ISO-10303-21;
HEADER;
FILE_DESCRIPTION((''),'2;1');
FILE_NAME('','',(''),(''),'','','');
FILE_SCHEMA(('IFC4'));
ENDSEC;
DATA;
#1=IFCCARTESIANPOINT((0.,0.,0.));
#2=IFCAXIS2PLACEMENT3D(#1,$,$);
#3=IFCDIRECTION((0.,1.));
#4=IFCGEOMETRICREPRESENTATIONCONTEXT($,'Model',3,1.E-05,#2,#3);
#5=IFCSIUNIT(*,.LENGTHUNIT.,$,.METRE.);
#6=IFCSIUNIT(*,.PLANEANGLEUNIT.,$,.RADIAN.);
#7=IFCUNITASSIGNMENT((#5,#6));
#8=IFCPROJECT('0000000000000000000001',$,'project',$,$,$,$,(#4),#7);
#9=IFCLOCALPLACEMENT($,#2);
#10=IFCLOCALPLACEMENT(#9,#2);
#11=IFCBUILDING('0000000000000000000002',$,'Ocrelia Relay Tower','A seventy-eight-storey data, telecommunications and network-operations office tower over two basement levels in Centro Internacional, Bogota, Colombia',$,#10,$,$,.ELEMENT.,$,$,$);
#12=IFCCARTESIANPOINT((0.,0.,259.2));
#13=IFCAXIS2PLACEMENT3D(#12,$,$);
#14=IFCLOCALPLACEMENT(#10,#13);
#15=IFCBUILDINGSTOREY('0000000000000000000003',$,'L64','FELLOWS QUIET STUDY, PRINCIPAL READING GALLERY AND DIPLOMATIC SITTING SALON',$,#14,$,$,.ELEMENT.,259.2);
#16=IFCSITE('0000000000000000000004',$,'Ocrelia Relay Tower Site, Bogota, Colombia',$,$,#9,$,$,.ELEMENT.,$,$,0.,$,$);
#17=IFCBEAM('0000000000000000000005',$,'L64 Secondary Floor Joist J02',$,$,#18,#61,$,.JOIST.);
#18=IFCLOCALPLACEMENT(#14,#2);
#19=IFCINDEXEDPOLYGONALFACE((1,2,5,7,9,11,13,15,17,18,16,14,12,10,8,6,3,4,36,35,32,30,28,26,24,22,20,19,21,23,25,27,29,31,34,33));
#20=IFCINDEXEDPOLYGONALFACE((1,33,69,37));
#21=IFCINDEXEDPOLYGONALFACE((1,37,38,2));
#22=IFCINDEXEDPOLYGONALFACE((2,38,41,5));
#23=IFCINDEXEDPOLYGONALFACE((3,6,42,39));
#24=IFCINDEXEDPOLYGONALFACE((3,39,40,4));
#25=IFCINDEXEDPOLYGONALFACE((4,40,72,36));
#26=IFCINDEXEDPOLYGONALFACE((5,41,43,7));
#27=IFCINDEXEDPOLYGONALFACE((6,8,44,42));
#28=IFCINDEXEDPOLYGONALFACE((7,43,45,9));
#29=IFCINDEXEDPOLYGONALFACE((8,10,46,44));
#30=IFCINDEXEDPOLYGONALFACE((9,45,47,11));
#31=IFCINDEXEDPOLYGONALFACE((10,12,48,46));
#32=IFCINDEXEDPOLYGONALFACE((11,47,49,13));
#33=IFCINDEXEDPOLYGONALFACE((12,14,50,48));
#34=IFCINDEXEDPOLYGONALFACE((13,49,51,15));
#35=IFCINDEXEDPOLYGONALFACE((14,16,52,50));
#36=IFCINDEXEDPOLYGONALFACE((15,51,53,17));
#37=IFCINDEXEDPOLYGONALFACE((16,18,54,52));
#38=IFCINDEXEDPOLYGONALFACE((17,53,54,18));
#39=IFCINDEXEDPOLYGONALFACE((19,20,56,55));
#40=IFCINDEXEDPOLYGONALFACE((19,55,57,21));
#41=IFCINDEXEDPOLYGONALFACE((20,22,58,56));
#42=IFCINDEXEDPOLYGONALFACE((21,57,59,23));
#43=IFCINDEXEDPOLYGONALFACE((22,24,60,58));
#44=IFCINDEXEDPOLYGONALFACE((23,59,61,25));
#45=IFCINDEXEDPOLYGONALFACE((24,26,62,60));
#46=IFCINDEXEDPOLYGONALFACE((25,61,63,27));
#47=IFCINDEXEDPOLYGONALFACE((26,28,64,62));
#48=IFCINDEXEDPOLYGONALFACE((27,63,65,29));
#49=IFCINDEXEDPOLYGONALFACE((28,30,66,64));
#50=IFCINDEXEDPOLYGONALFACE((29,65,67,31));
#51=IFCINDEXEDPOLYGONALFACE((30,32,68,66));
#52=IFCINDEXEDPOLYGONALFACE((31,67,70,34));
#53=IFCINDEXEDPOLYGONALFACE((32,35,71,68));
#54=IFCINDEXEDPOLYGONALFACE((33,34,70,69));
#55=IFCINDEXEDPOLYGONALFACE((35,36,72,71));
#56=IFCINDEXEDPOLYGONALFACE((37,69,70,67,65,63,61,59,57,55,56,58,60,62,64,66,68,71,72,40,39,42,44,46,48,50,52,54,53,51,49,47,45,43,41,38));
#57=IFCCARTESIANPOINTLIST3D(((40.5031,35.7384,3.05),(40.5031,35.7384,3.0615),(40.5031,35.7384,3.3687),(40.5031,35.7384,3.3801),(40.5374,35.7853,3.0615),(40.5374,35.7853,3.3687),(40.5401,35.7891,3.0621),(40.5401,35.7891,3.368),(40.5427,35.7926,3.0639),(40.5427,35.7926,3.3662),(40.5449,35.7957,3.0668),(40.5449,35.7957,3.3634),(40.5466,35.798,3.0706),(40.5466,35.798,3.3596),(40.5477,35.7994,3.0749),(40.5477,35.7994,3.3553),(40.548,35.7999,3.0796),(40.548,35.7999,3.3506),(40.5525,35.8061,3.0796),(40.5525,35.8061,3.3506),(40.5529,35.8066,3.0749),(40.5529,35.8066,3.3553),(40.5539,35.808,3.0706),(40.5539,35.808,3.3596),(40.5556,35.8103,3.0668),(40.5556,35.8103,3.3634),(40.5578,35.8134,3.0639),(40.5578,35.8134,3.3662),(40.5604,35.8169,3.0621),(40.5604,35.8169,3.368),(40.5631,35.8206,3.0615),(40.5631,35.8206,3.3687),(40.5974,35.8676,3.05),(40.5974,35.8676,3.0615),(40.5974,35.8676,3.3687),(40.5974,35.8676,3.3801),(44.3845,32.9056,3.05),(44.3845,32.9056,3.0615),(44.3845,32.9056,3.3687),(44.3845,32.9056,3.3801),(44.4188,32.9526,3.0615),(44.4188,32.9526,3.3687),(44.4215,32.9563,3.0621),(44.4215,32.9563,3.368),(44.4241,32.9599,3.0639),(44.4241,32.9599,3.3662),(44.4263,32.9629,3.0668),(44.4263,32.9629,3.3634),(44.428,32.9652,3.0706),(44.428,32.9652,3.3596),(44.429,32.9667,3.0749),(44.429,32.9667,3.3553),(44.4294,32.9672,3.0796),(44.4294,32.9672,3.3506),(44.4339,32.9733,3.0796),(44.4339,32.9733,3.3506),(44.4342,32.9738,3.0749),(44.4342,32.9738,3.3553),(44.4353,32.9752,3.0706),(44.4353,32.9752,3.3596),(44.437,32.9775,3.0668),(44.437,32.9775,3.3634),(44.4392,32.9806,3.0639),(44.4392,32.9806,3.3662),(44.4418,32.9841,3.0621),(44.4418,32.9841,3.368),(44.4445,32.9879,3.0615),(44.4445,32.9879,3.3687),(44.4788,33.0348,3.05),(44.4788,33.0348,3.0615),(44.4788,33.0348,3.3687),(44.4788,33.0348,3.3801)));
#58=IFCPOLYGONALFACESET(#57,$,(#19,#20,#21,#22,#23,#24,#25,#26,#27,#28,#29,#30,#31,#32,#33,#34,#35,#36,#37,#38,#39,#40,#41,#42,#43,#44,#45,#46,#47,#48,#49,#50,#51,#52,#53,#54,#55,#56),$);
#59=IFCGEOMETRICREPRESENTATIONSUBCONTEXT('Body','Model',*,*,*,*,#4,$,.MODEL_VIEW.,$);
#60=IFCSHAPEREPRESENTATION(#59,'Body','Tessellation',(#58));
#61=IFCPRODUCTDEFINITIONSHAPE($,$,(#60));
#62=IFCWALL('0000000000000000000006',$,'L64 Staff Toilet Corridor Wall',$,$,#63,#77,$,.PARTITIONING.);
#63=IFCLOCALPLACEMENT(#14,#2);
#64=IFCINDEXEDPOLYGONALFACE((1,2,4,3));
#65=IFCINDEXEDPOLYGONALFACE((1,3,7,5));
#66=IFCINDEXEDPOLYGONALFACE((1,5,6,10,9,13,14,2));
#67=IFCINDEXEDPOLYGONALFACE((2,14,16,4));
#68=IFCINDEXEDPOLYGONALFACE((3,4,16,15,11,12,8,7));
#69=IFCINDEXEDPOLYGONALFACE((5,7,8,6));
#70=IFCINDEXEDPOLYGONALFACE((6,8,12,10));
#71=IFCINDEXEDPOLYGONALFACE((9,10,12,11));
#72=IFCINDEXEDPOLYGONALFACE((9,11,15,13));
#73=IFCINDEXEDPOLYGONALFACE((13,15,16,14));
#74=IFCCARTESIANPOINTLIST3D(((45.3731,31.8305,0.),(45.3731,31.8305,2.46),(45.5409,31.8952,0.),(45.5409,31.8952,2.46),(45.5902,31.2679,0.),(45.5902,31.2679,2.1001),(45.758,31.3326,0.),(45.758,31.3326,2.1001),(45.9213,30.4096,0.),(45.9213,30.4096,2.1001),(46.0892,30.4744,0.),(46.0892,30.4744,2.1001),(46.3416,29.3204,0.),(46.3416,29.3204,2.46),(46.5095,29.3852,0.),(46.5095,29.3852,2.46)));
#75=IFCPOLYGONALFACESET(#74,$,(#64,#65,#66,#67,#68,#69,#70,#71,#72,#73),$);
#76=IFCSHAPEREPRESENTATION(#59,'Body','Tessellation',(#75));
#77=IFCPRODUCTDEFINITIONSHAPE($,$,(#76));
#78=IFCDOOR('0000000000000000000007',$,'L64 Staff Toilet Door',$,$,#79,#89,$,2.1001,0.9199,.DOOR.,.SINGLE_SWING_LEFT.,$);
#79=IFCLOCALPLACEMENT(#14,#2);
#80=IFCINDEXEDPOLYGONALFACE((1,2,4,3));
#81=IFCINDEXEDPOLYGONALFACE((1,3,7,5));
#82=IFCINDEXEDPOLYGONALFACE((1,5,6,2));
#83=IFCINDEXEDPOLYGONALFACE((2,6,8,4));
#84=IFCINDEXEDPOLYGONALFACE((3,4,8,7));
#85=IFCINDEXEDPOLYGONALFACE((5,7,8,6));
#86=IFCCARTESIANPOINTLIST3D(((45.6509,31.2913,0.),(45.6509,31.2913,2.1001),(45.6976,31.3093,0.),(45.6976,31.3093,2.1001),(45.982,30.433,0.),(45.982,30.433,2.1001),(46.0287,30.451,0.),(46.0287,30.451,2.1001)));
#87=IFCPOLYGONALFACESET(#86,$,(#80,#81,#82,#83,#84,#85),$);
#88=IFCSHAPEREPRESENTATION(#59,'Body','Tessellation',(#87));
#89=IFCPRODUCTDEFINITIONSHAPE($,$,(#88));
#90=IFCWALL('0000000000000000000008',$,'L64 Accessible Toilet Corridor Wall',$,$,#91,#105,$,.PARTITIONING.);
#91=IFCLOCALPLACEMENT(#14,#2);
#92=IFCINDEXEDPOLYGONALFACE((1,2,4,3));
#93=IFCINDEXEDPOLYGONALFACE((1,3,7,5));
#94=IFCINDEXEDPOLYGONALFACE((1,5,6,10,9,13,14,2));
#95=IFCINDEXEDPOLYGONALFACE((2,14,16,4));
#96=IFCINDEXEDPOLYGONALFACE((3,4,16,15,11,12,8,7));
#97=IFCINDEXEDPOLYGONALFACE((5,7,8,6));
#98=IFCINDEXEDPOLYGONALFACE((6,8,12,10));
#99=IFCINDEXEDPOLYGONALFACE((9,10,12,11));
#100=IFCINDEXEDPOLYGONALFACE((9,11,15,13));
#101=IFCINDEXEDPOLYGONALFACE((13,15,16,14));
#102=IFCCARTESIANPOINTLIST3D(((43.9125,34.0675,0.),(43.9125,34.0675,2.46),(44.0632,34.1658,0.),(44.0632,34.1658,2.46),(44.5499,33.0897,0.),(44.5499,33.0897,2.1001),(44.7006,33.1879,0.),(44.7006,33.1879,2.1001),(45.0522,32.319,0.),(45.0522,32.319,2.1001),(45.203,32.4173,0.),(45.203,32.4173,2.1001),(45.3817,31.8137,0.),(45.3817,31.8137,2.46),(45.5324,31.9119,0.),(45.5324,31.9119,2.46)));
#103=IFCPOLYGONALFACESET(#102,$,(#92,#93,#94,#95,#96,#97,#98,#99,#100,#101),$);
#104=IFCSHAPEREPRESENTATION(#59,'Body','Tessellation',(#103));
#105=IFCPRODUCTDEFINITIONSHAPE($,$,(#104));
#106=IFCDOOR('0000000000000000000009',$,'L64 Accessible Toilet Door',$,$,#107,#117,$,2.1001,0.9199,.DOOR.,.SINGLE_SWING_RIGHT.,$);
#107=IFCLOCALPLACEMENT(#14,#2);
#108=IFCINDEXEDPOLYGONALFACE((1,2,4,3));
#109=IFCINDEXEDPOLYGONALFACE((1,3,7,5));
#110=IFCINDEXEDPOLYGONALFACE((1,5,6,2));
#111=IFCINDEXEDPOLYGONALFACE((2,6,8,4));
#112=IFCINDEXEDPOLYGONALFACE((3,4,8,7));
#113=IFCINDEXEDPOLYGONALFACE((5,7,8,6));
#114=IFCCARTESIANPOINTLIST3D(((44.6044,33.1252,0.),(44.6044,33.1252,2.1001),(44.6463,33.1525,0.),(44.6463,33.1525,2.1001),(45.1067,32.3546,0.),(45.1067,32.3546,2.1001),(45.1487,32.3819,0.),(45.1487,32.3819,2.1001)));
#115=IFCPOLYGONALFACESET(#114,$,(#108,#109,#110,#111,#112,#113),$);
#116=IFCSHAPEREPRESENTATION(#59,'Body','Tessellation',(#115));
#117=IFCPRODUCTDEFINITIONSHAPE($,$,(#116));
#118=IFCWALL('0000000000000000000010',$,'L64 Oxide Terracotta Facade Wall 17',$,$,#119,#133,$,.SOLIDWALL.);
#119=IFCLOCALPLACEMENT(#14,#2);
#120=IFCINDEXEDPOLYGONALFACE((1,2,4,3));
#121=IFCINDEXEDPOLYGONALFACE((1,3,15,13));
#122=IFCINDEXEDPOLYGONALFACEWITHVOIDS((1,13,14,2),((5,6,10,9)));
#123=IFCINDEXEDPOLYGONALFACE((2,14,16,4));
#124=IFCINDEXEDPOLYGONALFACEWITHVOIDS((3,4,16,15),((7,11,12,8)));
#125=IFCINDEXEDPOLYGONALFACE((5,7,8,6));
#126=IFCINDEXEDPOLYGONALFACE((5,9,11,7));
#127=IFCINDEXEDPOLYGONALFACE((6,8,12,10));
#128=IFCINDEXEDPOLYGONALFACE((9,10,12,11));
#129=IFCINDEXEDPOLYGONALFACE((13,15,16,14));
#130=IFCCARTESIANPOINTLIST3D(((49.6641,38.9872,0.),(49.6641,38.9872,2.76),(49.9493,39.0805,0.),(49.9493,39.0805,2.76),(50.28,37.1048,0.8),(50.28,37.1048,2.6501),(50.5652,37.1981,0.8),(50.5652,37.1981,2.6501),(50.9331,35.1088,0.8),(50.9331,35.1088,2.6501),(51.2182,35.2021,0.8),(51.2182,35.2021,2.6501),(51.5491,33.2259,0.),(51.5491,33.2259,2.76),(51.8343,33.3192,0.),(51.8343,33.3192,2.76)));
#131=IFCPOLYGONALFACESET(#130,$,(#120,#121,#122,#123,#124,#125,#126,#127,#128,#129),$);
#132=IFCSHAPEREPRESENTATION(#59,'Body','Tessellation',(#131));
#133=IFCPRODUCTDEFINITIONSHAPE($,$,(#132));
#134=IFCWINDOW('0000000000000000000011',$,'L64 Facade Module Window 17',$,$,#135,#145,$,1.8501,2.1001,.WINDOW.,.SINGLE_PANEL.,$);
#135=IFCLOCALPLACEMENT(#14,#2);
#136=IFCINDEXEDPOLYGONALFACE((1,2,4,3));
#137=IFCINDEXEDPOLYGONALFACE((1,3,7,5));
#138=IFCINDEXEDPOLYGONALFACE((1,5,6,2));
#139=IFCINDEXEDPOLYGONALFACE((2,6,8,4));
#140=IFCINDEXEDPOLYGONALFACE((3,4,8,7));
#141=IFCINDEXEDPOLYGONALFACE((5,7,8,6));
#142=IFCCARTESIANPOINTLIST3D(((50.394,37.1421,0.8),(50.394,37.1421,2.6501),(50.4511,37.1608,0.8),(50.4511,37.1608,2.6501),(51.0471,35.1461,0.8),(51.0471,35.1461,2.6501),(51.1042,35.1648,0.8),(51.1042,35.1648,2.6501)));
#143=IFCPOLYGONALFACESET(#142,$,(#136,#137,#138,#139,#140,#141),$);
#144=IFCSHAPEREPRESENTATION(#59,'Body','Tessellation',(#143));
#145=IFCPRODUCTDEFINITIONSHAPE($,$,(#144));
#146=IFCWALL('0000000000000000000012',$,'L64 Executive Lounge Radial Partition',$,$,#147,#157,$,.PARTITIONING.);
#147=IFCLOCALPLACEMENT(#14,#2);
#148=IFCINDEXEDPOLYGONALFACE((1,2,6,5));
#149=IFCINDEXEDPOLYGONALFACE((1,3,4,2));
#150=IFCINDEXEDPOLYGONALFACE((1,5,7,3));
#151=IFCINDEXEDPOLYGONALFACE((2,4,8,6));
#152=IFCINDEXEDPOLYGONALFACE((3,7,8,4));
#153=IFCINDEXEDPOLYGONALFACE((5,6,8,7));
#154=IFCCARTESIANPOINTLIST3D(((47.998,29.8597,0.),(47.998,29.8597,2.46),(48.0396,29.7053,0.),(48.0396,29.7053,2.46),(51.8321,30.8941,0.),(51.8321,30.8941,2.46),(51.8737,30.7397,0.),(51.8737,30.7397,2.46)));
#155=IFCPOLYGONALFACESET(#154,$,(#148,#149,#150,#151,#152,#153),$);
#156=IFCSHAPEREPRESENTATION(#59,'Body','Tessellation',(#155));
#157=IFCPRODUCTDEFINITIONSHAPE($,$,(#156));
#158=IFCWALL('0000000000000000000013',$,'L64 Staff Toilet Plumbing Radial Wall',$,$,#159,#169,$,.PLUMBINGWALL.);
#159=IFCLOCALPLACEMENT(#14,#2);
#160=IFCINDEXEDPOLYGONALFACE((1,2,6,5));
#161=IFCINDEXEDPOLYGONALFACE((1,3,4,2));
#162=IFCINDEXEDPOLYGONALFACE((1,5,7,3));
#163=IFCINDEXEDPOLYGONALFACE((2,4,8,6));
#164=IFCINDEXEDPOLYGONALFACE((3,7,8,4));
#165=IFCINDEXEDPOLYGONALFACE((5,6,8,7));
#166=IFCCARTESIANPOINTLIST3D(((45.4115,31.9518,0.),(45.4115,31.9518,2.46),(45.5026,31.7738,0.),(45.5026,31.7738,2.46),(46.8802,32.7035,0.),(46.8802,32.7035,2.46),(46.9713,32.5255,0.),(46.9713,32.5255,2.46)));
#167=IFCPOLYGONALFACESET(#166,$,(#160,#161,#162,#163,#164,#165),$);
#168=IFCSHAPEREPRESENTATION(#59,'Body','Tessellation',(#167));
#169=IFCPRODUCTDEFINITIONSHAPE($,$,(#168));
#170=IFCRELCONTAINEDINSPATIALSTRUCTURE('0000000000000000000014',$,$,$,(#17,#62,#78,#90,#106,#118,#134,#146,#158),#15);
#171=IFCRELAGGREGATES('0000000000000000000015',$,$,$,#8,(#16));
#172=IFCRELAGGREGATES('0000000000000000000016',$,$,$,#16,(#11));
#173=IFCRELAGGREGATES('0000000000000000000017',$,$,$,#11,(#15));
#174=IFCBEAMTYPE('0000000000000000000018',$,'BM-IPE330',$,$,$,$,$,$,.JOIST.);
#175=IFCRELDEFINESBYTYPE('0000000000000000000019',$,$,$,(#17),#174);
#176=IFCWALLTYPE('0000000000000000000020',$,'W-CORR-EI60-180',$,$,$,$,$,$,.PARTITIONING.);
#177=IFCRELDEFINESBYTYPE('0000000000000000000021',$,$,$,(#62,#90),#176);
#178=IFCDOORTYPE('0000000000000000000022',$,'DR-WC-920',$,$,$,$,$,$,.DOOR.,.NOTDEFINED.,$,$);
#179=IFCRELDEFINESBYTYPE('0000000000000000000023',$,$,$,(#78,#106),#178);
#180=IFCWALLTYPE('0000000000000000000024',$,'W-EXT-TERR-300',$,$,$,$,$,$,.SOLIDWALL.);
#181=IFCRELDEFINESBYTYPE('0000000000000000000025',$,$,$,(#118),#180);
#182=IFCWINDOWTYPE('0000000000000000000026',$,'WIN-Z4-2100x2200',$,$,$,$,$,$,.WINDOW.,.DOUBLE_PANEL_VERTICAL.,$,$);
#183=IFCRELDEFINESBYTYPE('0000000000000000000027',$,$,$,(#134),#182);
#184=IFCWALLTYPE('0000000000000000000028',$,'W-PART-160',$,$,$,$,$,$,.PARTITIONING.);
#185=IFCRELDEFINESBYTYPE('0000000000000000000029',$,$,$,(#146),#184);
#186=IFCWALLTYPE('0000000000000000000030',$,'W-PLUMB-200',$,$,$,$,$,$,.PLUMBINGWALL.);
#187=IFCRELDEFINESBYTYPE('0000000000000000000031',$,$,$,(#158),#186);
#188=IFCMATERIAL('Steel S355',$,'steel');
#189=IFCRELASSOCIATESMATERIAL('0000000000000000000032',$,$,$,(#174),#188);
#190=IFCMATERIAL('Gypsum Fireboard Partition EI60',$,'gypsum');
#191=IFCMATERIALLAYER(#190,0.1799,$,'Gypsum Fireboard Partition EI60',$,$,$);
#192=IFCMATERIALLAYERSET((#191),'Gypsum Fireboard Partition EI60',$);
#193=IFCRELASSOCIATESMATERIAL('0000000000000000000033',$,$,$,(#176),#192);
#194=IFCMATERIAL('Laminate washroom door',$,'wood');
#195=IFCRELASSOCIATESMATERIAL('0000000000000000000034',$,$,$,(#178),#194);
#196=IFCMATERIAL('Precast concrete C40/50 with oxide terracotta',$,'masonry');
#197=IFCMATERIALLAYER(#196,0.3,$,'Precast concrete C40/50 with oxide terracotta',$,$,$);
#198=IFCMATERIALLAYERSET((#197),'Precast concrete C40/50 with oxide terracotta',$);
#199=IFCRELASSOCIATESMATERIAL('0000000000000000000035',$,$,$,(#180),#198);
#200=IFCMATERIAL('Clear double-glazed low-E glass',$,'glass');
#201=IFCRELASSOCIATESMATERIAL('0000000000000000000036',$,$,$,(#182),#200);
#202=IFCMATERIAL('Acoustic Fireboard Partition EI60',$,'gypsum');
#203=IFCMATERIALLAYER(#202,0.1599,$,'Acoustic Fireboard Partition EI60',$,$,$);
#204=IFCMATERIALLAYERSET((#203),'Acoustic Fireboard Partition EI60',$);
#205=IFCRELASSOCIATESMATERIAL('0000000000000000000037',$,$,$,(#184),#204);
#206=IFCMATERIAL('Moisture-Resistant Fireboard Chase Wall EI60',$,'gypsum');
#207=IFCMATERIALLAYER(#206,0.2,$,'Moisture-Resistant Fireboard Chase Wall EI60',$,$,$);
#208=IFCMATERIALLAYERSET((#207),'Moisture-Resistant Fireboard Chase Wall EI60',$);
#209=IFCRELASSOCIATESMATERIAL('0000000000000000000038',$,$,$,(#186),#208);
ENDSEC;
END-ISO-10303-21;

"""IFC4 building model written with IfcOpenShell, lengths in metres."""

from ifc_helpers import new_model, si_unit, direction, frame, frame_2d, origin, origin_2d, place, context, subcontext, project, spatial, rectangle, i_section, extrude, material, layer, layer_set, material_profile, profile_set, type_object, element, fill, save


model = new_model("IFC4")

# Units and contexts
model_context = context("Model", 3, precision=1e-05, world=origin(), true_north=direction((0.0, 1.0)))
body_context = subcontext(model_context, "Body", "Model", "MODEL_VIEW")
ifc_project = project(units=[si_unit("LENGTHUNIT", "METRE"), si_unit("PLANEANGLEUNIT", "RADIAN")], contexts=[model_context])

# Site, building, storey
site_placement = place(None, origin())
site = spatial("IfcSite", under=ifc_project, at=site_placement, Name="Ocrelia Relay Tower Site, Bogota, Colombia", CompositionType="ELEMENT", RefElevation=0.0)
building_placement = place(site_placement, origin())
building = spatial("IfcBuilding", under=site, at=building_placement, Name="Ocrelia Relay Tower", Description="A seventy-eight-storey data, telecommunications and network-operations office tower over two basement levels in Centro Internacional, Bogota, Colombia", CompositionType="ELEMENT")
storey_placement = place(building_placement, frame((0.0, 0.0, 259.2)))
storey = spatial("IfcBuildingStorey", under=building, at=storey_placement, Name="L64", Description="FELLOWS QUIET STUDY, PRINCIPAL READING GALLERY AND DIPLOMATIC SITTING SALON", CompositionType="ELEMENT", Elevation=259.2)

# Beam
ifc_material_1 = material(Name="Steel S355", Category="steel")
ifc_material_profile_1 = material_profile(ifc_material_1, i_section(OverallWidth=0.1599, OverallDepth=0.3301, WebThickness=0.0076, FlangeThickness=0.0115, FilletRadius=0.0181, at=origin_2d()), Name="IPE 330")
ifc_profile_set_1 = profile_set([ifc_material_profile_1], Name="Steel S355")
beam_type_1 = type_object("IfcBeamType", Name="BM-IPE330", PredefinedType="JOIST", material=ifc_profile_set_1)
beam_1_placement = place(storey_placement, frame((44.4316, 32.9702, 3.2151), z_axis=(-0.807748, 0.589527, 0.0), x_axis=(-0.589527, -0.807748, 0.0)))
element("IfcBeam", 1, at=beam_1_placement, inside=storey, type_object=beam_type_1, Name="L64 Secondary Floor Joist J02", PredefinedType="JOIST", context=body_context, shape_type="SweptSolid", body=[
    extrude(i_section(OverallWidth=0.1599, OverallDepth=0.3301, WebThickness=0.0076, FlangeThickness=0.0115, FilletRadius=0.0181, at=origin_2d()), origin(), (0.0, 0.0, 1.0), 4.8052),
])

# Walls, openings, doors
ifc_material_2 = material(Name="Gypsum Fireboard Partition EI60", Category="gypsum")
ifc_layer_1 = layer(ifc_material_2, 0.1799, Name="Gypsum Fireboard Partition EI60")
ifc_layer_set_1 = layer_set([ifc_layer_1], Name="Gypsum Fireboard Partition EI60")
wall_type_1 = type_object("IfcWallType", Name="W-CORR-EI60-180", PredefinedType="PARTITIONING", material=ifc_layer_set_1)
wall_1_placement = place(storey_placement, frame((46.4255, 29.3528, 0.0), z_axis=(0.0, 0.0, 1.0), x_axis=(-0.359988, 0.932957, 0.0)))
wall_1 = element("IfcWall", 2, at=wall_1_placement, inside=storey, type_object=wall_type_1, Name="L64 Staff Toilet Corridor Wall", PredefinedType="PARTITIONING", context=body_context, shape_type="SweptSolid", body=[
    extrude(rectangle(XDim=2.6904, YDim=0.1799, at=frame_2d((1.3452, 0.0))), origin(), (0.0, 0.0, 1.0), 2.46),
])
opening_1_placement = place(wall_1_placement, frame((1.1675, 0.0, 0.0)))
opening_1 = element("IfcOpeningElement", 3, at=opening_1_placement, cuts=wall_1, PredefinedType="OPENING", context=body_context, shape_type="SweptSolid", body=[
    extrude(rectangle(XDim=0.9199, YDim=2.1001, at=frame_2d((0.46, 1.05))), frame((0.0, 0.1001, 0.0), z_axis=(0.0, -1.0, 0.0), x_axis=(1.0, 0.0, 0.0)), (0.0, 0.0, 1.0), 0.2),
])
ifc_material_3 = material(Name="Laminate washroom door", Category="wood")
door_type_1 = type_object("IfcDoorType", Name="DR-WC-920", OperationType="NOTDEFINED", PredefinedType="DOOR", material=ifc_material_3)
door_1_placement = place(opening_1_placement, origin())
door_1 = element("IfcDoor", 4, at=door_1_placement, inside=storey, type_object=door_type_1, Name="L64 Staff Toilet Door", OperationType="SINGLE_SWING_LEFT", OverallHeight=2.1001, OverallWidth=0.9199, PredefinedType="DOOR", context=body_context, shape_type="SweptSolid", body=[
    extrude(rectangle(XDim=0.9199, YDim=2.1001, at=frame_2d((0.46, 1.05))), frame((0.0, 0.0249, 0.0), z_axis=(0.0, -1.0, 0.0), x_axis=(1.0, 0.0, 0.0)), (0.0, 0.0, 1.0), 0.05),
])
fill(opening_1, door_1)
wall_2_placement = place(storey_placement, frame((45.457, 31.8628, 0.0), z_axis=(0.0, 0.0, 1.0), x_axis=(-0.546085, 0.83773, 0.0)))
wall_2 = element("IfcWall", 5, at=wall_2_placement, inside=storey, type_object=wall_type_1, Name="L64 Accessible Toilet Corridor Wall", PredefinedType="PARTITIONING", context=body_context, shape_type="SweptSolid", body=[
    extrude(rectangle(XDim=2.6904, YDim=0.1799, at=frame_2d((1.3452, 0.0))), origin(), (0.0, 0.0, 1.0), 2.46),
])
opening_2_placement = place(wall_2_placement, frame((0.6033, 0.0, 0.0)))
opening_2 = element("IfcOpeningElement", 6, at=opening_2_placement, cuts=wall_2, PredefinedType="OPENING", context=body_context, shape_type="SweptSolid", body=[
    extrude(rectangle(XDim=0.9199, YDim=2.1001, at=frame_2d((0.46, 1.05))), frame((0.0, 0.1001, 0.0), z_axis=(0.0, -1.0, 0.0), x_axis=(1.0, 0.0, 0.0)), (0.0, 0.0, 1.0), 0.2),
])
door_2_placement = place(opening_2_placement, origin())
door_2 = element("IfcDoor", 7, at=door_2_placement, inside=storey, type_object=door_type_1, Name="L64 Accessible Toilet Door", OperationType="SINGLE_SWING_RIGHT", OverallHeight=2.1001, OverallWidth=0.9199, PredefinedType="DOOR", context=body_context, shape_type="SweptSolid", body=[
    extrude(rectangle(XDim=0.9199, YDim=2.1001, at=frame_2d((0.46, 1.05))), frame((0.0, 0.0249, 0.0), z_axis=(0.0, -1.0, 0.0), x_axis=(1.0, 0.0, 0.0)), (0.0, 0.0, 1.0), 0.05),
])
fill(opening_2, door_2)

# Wall, opening, window
ifc_material_4 = material(Name="Precast concrete C40/50 with oxide terracotta", Category="masonry")
ifc_layer_2 = layer(ifc_material_4, 0.3, Name="Precast concrete C40/50 with oxide terracotta")
ifc_layer_set_2 = layer_set([ifc_layer_2], Name="Precast concrete C40/50 with oxide terracotta")
wall_type_2 = type_object("IfcWallType", Name="W-EXT-TERR-300", PredefinedType="SOLIDWALL", material=ifc_layer_set_2)
wall_3_placement = place(storey_placement, frame((51.6917, 33.2727, 0.0), z_axis=(0.0, 0.0, 1.0), x_axis=(-0.310967, 0.950421, 0.0)))
wall_3 = element("IfcWall", 8, at=wall_3_placement, inside=storey, type_object=wall_type_2, Name="L64 Oxide Terracotta Facade Wall 17", PredefinedType="SOLIDWALL", context=body_context, shape_type="SweptSolid", body=[
    extrude(rectangle(XDim=6.0618, YDim=0.3, at=frame_2d((3.0308, 0.0))), origin(), (0.0, 0.0, 1.0), 2.76),
])
opening_3_placement = place(wall_3_placement, frame((1.981, 0.0, 0.8)))
opening_3 = element("IfcOpeningElement", 9, at=opening_3_placement, cuts=wall_3, PredefinedType="OPENING", context=body_context, shape_type="SweptSolid", body=[
    extrude(rectangle(XDim=2.1001, YDim=1.8501, at=frame_2d((1.05, 0.925))), frame((0.0, 0.1602, 0.0), z_axis=(0.0, -1.0, 0.0), x_axis=(1.0, 0.0, 0.0)), (0.0, 0.0, 1.0), 0.3201),
])
ifc_material_5 = material(Name="Clear double-glazed low-E glass", Category="glass")
window_type = type_object("IfcWindowType", Name="WIN-Z4-2100x2200", PartitioningType="DOUBLE_PANEL_VERTICAL", PredefinedType="WINDOW", material=ifc_material_5)
window_placement = place(opening_3_placement, origin())
window = element("IfcWindow", 10, at=window_placement, inside=storey, type_object=window_type, Name="L64 Facade Module Window 17", OverallHeight=1.8501, OverallWidth=2.1001, PartitioningType="SINGLE_PANEL", PredefinedType="WINDOW", context=body_context, shape_type="SweptSolid", body=[
    extrude(rectangle(XDim=2.1001, YDim=1.8501, at=frame_2d((1.05, 0.925))), frame((0.0, 0.03, 0.0), z_axis=(0.0, -1.0, 0.0), x_axis=(1.0, 0.0, 0.0)), (0.0, 0.0, 1.0), 0.0601),
])
fill(opening_3, window)

# Walls
ifc_material_6 = material(Name="Acoustic Fireboard Partition EI60", Category="gypsum")
ifc_layer_3 = layer(ifc_material_6, 0.1599, Name="Acoustic Fireboard Partition EI60")
ifc_layer_set_3 = layer_set([ifc_layer_3], Name="Acoustic Fireboard Partition EI60")
wall_type_3 = type_object("IfcWallType", Name="W-PART-160", PredefinedType="PARTITIONING", material=ifc_layer_set_3)
wall_4_placement = place(storey_placement, frame((48.0188, 29.7825, 0.0), z_axis=(0.0, 0.0, 1.0), x_axis=(0.965477, 0.260489, 0.0)))
element("IfcWall", 11, at=wall_4_placement, inside=storey, type_object=wall_type_3, Name="L64 Executive Lounge Radial Partition", PredefinedType="PARTITIONING", context=body_context, shape_type="SweptSolid", body=[
    extrude(rectangle(XDim=3.9712, YDim=0.1599, at=frame_2d((1.9856, 0.0))), origin(), (0.0, 0.0, 1.0), 2.46),
])
ifc_material_7 = material(Name="Moisture-Resistant Fireboard Chase Wall EI60", Category="gypsum")
ifc_layer_4 = layer(ifc_material_7, 0.2, Name="Moisture-Resistant Fireboard Chase Wall EI60")
ifc_layer_set_4 = layer_set([ifc_layer_4], Name="Moisture-Resistant Fireboard Chase Wall EI60")
wall_type_4 = type_object("IfcWallType", Name="W-PLUMB-200", PredefinedType="PLUMBINGWALL", material=ifc_layer_set_4)
wall_5_placement = place(storey_placement, frame((45.457, 31.8628, 0.0), z_axis=(0.0, 0.0, 1.0), x_axis=(0.890185, 0.455599, 0.0)))
element("IfcWall", 12, at=wall_5_placement, inside=storey, type_object=wall_type_4, Name="L64 Staff Toilet Plumbing Radial Wall", PredefinedType="PLUMBINGWALL", context=body_context, shape_type="SweptSolid", body=[
    extrude(rectangle(XDim=1.6499, YDim=0.2, at=frame_2d((0.825, 0.0))), origin(), (0.0, 0.0, 1.0), 2.46),
])

save(model, "model.ifc")
